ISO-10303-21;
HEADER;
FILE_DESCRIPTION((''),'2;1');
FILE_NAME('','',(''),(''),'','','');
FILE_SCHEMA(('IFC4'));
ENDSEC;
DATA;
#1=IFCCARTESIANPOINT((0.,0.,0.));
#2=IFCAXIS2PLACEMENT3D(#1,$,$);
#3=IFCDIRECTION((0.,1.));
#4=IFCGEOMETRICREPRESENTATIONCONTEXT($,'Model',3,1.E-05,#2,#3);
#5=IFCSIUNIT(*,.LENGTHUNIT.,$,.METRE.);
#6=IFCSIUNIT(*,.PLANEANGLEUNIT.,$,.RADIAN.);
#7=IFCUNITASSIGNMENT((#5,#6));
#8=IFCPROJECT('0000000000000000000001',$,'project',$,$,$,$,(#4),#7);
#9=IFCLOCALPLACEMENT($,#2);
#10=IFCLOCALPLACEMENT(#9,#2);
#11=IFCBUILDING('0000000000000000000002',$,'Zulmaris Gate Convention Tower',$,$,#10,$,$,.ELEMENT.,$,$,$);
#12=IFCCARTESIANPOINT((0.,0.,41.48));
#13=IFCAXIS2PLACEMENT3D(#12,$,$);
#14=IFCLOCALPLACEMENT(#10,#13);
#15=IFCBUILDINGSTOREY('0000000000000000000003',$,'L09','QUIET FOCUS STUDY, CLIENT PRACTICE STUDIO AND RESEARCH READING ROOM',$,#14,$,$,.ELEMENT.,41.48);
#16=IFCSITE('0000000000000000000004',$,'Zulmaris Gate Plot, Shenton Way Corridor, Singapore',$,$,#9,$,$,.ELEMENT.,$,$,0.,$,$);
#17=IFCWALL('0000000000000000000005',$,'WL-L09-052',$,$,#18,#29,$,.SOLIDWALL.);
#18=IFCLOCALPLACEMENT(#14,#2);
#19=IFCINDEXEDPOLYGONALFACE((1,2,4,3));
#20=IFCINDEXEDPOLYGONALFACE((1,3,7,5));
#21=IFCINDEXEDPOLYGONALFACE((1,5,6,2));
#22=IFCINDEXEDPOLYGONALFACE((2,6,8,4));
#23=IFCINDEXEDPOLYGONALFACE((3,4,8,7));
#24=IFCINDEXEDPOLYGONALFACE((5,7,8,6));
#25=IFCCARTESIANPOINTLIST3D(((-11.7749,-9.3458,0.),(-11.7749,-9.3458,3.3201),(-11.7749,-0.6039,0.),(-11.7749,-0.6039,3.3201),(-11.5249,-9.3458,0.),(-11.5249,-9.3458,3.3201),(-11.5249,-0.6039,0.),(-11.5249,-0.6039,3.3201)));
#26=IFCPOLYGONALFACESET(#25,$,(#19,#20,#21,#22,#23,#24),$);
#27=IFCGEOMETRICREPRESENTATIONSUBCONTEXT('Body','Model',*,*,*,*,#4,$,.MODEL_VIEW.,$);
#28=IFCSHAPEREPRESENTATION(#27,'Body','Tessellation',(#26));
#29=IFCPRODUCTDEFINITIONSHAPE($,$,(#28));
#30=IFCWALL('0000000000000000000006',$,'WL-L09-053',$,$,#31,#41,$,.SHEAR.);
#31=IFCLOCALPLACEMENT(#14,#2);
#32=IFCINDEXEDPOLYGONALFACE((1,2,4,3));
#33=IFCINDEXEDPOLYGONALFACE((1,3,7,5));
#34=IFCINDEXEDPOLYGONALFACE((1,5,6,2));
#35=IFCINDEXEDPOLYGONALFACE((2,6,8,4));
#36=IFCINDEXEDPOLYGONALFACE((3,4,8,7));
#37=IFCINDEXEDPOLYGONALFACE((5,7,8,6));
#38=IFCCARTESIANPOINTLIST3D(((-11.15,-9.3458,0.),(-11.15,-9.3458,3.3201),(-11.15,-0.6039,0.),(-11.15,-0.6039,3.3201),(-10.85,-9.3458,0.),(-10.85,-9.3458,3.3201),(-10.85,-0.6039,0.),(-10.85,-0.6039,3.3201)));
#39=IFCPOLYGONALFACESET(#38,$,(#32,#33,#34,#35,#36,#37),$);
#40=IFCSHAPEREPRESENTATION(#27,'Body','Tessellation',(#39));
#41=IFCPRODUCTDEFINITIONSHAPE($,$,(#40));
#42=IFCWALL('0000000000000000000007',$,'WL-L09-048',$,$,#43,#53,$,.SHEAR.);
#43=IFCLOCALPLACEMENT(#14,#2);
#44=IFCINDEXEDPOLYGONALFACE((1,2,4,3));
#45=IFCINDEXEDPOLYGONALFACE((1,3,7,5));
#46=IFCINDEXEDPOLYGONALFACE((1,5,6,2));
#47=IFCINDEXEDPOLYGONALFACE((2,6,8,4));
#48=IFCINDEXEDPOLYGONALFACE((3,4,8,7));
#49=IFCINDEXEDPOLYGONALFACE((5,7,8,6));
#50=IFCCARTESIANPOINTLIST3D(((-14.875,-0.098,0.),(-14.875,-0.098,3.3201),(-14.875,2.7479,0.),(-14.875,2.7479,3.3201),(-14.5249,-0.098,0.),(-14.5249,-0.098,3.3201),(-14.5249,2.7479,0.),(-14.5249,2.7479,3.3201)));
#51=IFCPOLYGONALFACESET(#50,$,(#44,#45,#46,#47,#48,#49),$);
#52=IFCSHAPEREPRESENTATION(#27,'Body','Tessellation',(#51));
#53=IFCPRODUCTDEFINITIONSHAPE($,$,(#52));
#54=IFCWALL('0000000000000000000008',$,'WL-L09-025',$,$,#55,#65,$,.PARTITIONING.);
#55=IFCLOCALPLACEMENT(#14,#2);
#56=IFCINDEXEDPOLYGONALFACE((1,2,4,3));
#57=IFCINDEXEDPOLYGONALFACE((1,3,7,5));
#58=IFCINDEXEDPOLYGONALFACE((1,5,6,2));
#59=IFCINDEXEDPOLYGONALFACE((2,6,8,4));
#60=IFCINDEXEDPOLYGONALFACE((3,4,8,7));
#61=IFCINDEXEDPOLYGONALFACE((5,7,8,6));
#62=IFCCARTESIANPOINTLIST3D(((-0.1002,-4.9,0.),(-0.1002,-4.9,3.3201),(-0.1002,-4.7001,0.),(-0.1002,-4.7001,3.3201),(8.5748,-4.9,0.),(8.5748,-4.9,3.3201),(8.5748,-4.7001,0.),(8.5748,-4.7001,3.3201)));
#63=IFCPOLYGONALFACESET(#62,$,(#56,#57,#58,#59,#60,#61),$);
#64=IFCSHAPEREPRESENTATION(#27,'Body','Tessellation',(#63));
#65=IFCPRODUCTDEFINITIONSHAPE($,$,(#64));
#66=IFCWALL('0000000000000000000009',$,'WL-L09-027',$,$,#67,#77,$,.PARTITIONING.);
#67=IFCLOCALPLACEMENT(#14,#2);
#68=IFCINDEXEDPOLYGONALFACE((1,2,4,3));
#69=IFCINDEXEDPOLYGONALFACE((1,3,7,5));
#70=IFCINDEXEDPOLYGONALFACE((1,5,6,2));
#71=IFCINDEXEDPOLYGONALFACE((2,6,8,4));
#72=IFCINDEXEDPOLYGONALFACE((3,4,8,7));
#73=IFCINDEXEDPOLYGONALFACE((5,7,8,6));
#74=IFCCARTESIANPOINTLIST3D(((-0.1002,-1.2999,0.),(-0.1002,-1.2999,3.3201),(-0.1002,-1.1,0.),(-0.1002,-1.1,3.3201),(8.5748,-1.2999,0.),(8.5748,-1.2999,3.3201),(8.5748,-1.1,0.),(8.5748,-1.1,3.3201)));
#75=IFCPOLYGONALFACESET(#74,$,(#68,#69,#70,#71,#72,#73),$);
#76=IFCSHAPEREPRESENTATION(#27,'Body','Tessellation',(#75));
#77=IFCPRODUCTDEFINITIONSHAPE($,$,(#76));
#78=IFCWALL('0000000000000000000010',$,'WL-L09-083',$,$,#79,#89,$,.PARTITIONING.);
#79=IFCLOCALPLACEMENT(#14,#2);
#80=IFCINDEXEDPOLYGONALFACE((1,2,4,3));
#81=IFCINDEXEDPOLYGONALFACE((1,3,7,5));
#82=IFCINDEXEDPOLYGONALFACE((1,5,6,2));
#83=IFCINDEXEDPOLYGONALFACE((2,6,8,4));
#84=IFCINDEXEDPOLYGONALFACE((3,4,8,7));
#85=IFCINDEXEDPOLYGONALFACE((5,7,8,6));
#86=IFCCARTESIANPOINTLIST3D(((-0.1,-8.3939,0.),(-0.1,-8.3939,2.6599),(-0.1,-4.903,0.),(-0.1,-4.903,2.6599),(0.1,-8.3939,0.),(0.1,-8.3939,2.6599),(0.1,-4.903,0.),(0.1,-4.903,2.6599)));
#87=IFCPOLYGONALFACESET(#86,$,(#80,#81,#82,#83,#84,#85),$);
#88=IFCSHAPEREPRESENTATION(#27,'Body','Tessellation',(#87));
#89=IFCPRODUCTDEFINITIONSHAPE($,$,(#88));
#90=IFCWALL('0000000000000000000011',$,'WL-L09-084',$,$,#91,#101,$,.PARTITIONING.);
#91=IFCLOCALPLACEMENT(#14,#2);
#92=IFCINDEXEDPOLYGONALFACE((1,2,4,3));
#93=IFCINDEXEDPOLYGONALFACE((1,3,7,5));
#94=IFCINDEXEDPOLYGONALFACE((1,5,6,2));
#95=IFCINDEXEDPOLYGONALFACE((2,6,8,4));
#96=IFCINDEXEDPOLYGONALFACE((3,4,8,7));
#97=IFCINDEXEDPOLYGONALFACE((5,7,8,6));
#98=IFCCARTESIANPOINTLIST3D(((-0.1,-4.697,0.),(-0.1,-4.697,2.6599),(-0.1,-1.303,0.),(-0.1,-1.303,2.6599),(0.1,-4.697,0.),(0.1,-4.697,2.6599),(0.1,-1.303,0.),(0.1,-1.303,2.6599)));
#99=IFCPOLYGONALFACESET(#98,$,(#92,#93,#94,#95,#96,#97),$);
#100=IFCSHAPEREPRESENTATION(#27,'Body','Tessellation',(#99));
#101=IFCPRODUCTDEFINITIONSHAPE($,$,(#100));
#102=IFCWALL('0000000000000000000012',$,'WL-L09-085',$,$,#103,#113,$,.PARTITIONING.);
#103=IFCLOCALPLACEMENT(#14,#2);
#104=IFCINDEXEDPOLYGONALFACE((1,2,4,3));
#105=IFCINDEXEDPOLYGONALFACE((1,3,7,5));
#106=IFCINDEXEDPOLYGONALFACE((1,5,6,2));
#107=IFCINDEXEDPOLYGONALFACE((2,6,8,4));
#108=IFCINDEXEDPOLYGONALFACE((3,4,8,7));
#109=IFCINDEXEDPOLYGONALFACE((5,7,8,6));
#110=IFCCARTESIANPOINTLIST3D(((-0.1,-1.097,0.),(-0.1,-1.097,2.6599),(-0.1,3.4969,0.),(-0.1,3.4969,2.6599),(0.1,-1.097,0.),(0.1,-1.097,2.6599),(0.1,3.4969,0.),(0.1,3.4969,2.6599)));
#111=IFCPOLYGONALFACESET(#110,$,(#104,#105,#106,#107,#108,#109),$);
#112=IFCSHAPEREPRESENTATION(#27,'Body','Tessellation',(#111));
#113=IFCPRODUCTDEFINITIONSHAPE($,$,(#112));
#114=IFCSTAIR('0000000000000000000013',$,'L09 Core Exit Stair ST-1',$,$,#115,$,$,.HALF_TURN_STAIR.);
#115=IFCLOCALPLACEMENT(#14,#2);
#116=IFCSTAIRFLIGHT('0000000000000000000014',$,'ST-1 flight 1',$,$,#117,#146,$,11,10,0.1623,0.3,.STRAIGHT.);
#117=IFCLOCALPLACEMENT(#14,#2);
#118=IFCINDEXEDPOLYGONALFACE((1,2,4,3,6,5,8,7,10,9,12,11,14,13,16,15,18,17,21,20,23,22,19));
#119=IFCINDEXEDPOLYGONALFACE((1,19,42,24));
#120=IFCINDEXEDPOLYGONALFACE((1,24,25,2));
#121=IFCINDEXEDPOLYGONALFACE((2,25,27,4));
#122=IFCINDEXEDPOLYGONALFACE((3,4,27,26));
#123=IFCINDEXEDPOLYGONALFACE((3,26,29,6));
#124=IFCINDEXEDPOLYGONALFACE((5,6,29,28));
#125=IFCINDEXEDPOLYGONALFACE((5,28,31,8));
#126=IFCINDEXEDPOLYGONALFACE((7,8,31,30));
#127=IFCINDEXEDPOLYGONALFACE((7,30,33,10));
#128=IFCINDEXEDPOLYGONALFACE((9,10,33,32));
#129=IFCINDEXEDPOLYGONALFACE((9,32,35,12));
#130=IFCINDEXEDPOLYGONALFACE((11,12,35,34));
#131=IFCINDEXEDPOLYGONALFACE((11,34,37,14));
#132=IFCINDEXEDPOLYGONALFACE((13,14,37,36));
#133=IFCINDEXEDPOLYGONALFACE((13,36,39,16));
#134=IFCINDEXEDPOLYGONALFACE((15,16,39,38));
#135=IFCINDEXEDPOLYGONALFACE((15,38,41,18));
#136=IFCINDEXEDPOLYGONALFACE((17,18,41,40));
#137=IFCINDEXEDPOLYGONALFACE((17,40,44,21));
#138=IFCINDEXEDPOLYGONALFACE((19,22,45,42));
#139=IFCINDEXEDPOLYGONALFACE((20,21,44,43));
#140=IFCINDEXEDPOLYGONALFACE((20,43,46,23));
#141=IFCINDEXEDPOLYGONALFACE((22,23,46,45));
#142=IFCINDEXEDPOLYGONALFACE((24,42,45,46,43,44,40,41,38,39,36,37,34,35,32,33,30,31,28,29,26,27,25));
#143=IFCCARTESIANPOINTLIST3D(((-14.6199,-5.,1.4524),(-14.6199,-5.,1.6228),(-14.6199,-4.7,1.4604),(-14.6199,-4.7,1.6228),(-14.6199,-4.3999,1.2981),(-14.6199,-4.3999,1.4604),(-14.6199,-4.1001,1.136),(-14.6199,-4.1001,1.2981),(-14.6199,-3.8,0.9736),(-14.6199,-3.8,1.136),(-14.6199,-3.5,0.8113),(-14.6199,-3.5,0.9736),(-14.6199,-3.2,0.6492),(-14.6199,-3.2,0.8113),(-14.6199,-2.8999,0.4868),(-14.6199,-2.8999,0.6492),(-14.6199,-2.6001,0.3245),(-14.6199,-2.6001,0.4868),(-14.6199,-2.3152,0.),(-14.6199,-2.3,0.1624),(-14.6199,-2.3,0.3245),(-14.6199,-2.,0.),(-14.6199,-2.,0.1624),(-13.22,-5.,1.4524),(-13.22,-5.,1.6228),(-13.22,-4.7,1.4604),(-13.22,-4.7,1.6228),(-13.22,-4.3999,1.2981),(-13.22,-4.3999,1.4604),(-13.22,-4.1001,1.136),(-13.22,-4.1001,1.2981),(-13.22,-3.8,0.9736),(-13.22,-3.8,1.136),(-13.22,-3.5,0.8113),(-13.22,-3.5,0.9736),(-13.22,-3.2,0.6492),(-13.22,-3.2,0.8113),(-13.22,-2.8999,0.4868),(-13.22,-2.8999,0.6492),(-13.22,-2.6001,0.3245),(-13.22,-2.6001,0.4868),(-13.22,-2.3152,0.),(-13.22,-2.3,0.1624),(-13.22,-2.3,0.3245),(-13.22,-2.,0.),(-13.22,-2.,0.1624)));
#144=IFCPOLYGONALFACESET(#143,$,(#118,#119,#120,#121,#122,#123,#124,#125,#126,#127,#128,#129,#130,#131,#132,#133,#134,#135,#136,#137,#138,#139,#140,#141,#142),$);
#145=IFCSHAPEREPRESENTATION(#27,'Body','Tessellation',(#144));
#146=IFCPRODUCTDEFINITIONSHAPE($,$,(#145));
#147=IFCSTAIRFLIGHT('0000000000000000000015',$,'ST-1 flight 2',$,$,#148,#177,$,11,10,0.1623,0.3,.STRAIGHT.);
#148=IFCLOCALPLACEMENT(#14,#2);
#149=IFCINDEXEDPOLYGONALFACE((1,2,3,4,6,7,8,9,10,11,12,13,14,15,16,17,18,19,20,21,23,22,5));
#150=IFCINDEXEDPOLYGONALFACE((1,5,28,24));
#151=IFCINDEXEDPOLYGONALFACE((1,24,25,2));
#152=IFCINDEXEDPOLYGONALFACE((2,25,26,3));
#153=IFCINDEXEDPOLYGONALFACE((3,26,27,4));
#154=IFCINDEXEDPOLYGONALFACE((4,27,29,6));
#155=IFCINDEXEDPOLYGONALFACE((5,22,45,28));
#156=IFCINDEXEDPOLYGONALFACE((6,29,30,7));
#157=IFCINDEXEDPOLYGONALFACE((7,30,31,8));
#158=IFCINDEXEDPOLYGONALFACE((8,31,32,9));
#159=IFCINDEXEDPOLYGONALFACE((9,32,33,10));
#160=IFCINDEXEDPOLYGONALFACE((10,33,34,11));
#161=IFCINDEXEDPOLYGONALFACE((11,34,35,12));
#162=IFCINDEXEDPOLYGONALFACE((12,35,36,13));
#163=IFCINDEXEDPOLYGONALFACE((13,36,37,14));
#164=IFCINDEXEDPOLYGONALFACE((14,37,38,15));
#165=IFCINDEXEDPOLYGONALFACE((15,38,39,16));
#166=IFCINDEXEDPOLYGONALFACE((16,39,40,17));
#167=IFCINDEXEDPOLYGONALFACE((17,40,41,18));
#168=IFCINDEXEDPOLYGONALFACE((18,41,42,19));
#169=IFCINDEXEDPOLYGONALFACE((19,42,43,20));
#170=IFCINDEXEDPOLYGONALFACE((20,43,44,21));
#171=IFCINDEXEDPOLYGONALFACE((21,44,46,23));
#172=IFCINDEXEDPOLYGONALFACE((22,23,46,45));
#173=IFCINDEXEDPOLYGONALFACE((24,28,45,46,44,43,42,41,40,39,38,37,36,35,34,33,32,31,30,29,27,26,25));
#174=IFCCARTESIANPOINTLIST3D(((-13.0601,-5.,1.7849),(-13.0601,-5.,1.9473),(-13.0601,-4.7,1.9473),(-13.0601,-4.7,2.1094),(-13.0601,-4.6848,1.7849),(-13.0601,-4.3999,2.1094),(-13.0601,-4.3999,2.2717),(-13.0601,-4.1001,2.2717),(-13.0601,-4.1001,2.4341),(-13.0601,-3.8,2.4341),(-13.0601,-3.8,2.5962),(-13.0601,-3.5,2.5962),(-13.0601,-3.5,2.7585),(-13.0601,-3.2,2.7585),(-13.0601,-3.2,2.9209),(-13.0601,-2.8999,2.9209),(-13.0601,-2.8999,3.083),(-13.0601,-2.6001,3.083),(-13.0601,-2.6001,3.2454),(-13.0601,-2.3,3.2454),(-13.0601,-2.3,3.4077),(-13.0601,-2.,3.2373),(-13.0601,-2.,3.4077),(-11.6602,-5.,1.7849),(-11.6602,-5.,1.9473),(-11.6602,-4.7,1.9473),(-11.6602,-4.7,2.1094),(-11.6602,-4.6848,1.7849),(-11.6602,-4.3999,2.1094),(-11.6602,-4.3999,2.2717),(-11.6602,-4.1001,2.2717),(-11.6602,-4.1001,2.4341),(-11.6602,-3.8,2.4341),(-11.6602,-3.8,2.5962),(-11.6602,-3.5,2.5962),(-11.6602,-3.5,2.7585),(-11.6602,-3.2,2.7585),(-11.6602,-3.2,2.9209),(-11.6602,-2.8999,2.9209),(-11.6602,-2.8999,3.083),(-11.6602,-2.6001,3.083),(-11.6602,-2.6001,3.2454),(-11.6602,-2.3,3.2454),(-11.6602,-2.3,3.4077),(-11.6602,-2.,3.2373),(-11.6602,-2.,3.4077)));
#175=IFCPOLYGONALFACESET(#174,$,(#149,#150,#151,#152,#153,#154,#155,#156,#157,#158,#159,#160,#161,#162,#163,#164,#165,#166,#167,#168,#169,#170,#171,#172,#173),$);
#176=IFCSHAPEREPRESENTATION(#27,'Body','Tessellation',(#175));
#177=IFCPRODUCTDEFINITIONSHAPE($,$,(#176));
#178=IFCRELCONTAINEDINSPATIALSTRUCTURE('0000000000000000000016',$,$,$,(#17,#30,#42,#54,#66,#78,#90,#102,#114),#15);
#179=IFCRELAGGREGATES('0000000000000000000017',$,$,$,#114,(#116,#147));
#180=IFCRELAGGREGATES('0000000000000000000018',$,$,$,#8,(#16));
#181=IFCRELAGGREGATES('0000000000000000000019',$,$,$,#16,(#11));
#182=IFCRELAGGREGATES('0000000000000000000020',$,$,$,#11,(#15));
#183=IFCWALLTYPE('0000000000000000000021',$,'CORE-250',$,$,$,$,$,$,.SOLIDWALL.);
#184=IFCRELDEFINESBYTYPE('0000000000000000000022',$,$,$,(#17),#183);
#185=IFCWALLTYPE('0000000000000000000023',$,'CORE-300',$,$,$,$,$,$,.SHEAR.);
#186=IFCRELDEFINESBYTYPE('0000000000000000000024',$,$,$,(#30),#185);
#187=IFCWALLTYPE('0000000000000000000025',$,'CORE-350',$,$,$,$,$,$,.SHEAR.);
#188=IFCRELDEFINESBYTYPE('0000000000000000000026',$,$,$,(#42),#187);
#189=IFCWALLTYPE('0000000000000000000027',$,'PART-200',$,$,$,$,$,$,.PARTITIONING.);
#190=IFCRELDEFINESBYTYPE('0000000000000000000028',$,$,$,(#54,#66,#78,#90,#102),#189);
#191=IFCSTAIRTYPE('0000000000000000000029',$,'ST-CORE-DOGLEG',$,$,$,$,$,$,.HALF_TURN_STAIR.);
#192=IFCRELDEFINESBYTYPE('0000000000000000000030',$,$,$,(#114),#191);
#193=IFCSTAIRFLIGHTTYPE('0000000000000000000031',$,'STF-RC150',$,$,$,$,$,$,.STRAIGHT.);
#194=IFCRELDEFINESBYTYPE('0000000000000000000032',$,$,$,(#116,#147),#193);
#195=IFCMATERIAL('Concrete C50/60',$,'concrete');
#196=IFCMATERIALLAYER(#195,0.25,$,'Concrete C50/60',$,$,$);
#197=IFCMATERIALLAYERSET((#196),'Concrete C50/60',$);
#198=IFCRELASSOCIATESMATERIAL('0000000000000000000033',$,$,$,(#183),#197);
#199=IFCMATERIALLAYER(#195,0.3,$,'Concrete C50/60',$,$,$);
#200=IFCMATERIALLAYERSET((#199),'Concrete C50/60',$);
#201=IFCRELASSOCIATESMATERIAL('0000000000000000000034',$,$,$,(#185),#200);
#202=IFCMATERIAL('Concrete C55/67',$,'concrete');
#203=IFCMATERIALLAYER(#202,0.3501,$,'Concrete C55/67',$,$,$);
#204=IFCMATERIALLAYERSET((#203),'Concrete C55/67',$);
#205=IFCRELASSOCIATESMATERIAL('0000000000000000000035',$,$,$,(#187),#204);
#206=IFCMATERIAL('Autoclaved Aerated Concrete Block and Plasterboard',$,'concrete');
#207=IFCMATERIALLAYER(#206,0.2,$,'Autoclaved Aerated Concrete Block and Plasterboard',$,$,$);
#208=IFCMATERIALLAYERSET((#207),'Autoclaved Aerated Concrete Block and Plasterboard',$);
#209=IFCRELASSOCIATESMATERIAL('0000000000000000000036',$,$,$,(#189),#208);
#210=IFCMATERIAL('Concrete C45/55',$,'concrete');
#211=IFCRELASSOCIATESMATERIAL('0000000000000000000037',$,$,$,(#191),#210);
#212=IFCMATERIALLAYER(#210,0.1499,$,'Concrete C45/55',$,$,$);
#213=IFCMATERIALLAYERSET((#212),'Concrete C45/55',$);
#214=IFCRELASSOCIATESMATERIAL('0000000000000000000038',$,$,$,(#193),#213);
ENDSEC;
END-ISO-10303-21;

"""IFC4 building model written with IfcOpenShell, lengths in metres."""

from ifc_helpers import new_model, si_unit, direction, frame, frame_2d, origin, place, context, subcontext, project, spatial, polyline, rectangle, outline, extrude, material, layer, layer_set, type_object, element, aggregate, save


model = new_model("IFC4")

# Units and contexts
model_context = context("Model", 3, precision=1e-05, world=origin(), true_north=direction((0.0, 1.0)))
body_context = subcontext(model_context, "Body", "Model", "MODEL_VIEW")
ifc_project = project(units=[si_unit("LENGTHUNIT", "METRE"), si_unit("PLANEANGLEUNIT", "RADIAN")], contexts=[model_context])

# Site, building, storey
site_placement = place(None, origin())
site = spatial("IfcSite", under=ifc_project, at=site_placement, Name="Zulmaris Gate Plot, Shenton Way Corridor, Singapore", CompositionType="ELEMENT", RefElevation=0.0)
building_placement = place(site_placement, origin())
building = spatial("IfcBuilding", under=site, at=building_placement, Name="Zulmaris Gate Convention Tower", CompositionType="ELEMENT")
storey_placement = place(building_placement, frame((0.0, 0.0, 41.48)))
storey = spatial("IfcBuildingStorey", under=building, at=storey_placement, Name="L09", Description="QUIET FOCUS STUDY, CLIENT PRACTICE STUDIO AND RESEARCH READING ROOM", CompositionType="ELEMENT", Elevation=41.48)

# Shared definitions
ifc_material_1 = material(Name="Concrete C50/60", Category="concrete")
ifc_layer_1 = layer(ifc_material_1, 0.25, Name="Concrete C50/60")
ifc_layer_set_1 = layer_set([ifc_layer_1], Name="Concrete C50/60")
wall_type_1 = type_object("IfcWallType", Name="CORE-250", PredefinedType="SOLIDWALL", material=ifc_layer_set_1)

# Walls
wall_1_placement = place(storey_placement, frame((-11.6499, -9.3459, 0.0), z_axis=(0.0, 0.0, 1.0), x_axis=(0.0, 1.0, 0.0)))
element("IfcWall", 1, at=wall_1_placement, inside=storey, type_object=wall_type_1, Name="WL-L09-052", PredefinedType="SOLIDWALL", context=body_context, shape_type="SweptSolid", body=[
    extrude(rectangle(XDim=8.7419, YDim=0.25, at=frame_2d((4.3711, 0.0))), origin(), (0.0, 0.0, 1.0), 3.3201),
])
ifc_layer_2 = layer(ifc_material_1, 0.3, Name="Concrete C50/60")
ifc_layer_set_2 = layer_set([ifc_layer_2], Name="Concrete C50/60")
wall_type_2 = type_object("IfcWallType", Name="CORE-300", PredefinedType="SHEAR", material=ifc_layer_set_2)
wall_2_placement = place(storey_placement, frame((-11.0, -9.3459, 0.0), z_axis=(0.0, 0.0, 1.0), x_axis=(0.0, 1.0, 0.0)))
element("IfcWall", 2, at=wall_2_placement, inside=storey, type_object=wall_type_2, Name="WL-L09-053", PredefinedType="SHEAR", context=body_context, shape_type="SweptSolid", body=[
    extrude(rectangle(XDim=8.7419, YDim=0.3, at=frame_2d((4.3711, 0.0))), origin(), (0.0, 0.0, 1.0), 3.3201),
])
ifc_material_2 = material(Name="Concrete C55/67", Category="concrete")
ifc_layer_3 = layer(ifc_material_2, 0.3501, Name="Concrete C55/67")
ifc_layer_set_3 = layer_set([ifc_layer_3], Name="Concrete C55/67")
wall_type_3 = type_object("IfcWallType", Name="CORE-350", PredefinedType="SHEAR", material=ifc_layer_set_3)
wall_3_placement = place(storey_placement, frame((-14.7, -0.0979, 0.0), z_axis=(0.0, 0.0, 1.0), x_axis=(0.0, 1.0, 0.0)))
element("IfcWall", 3, at=wall_3_placement, inside=storey, type_object=wall_type_3, Name="WL-L09-048", PredefinedType="SHEAR", context=body_context, shape_type="SweptSolid", body=[
    extrude(rectangle(XDim=2.8459, YDim=0.3501, at=frame_2d((1.4229, 0.0))), origin(), (0.0, 0.0, 1.0), 3.3201),
])
ifc_material_3 = material(Name="Autoclaved Aerated Concrete Block and Plasterboard", Category="concrete")
ifc_layer_4 = layer(ifc_material_3, 0.2, Name="Autoclaved Aerated Concrete Block and Plasterboard")
ifc_layer_set_4 = layer_set([ifc_layer_4], Name="Autoclaved Aerated Concrete Block and Plasterboard")
wall_type_4 = type_object("IfcWallType", Name="PART-200", PredefinedType="PARTITIONING", material=ifc_layer_set_4)
for number, where, z_axis, x_axis, name in (
    (4, (-0.1001, -4.8, 0.0), (0.0, 0.0, 1.0), (1.0, 0.0, 0.0), "WL-L09-025"),
    (5, (-0.1001, -1.2, 0.0), (0.0, 0.0, 1.0), (1.0, 0.0, 0.0), "WL-L09-027"),
):
    element("IfcWall", number, at=place(storey_placement, frame(where, z_axis=z_axis, x_axis=x_axis)), inside=storey, type_object=wall_type_4, Name=name, PredefinedType="PARTITIONING", context=body_context, shape_type="SweptSolid", body=[
        extrude(rectangle(XDim=8.675, YDim=0.2, at=frame_2d((4.3374, 0.0))), origin(), (0.0, 0.0, 1.0), 3.3201),
    ])
wall_4_placement = place(storey_placement, frame((0.0, -8.394, 0.0), z_axis=(0.0, 0.0, 1.0), x_axis=(0.0, 1.0, 0.0)))
element("IfcWall", 6, at=wall_4_placement, inside=storey, type_object=wall_type_4, Name="WL-L09-083", PredefinedType="PARTITIONING", context=body_context, shape_type="SweptSolid", body=[
    extrude(rectangle(XDim=3.491, YDim=0.2, at=frame_2d((1.7456, 0.0))), origin(), (0.0, 0.0, 1.0), 2.6599),
])
wall_5_placement = place(storey_placement, frame((0.0, -4.697, 0.0), z_axis=(0.0, 0.0, 1.0), x_axis=(0.0, 1.0, 0.0)))
element("IfcWall", 7, at=wall_5_placement, inside=storey, type_object=wall_type_4, Name="WL-L09-084", PredefinedType="PARTITIONING", context=body_context, shape_type="SweptSolid", body=[
    extrude(rectangle(XDim=3.394, YDim=0.2, at=frame_2d((1.697, 0.0))), origin(), (0.0, 0.0, 1.0), 2.6599),
])
wall_6_placement = place(storey_placement, frame((0.0, -1.0969, 0.0), z_axis=(0.0, 0.0, 1.0), x_axis=(0.0, 1.0, 0.0)))
element("IfcWall", 8, at=wall_6_placement, inside=storey, type_object=wall_type_4, Name="WL-L09-085", PredefinedType="PARTITIONING", context=body_context, shape_type="SweptSolid", body=[
    extrude(rectangle(XDim=4.594, YDim=0.2, at=frame_2d((2.2969, 0.0))), origin(), (0.0, 0.0, 1.0), 2.6599),
])

# Stair, stair flights
ifc_material_4 = material(Name="Concrete C45/55", Category="concrete")
stair_type = type_object("IfcStairType", Name="ST-CORE-DOGLEG", PredefinedType="HALF_TURN_STAIR", material=ifc_material_4)
stair_1_placement = place(storey_placement, origin())
stair_1 = element("IfcStair", 9, at=stair_1_placement, inside=storey, type_object=stair_type, Name="L09 Core Exit Stair ST-1", PredefinedType="HALF_TURN_STAIR")
ifc_layer_5 = layer(ifc_material_4, 0.1499, Name="Concrete C45/55")
ifc_layer_set_5 = layer_set([ifc_layer_5], Name="Concrete C45/55")
stair_flight_type = type_object("IfcStairFlightType", Name="STF-RC150", PredefinedType="STRAIGHT", material=ifc_layer_set_5)
stair_flight_1_placement = place(storey_placement, frame((-13.9199, -2.0, 0.0), z_axis=(0.0, 0.0, 1.0), x_axis=(0.0, -1.0, 0.0)))
stair_flight_1 = element("IfcStairFlight", 10, at=stair_flight_1_placement, type_object=stair_flight_type, Name="ST-1 flight 1", NumberOfRisers=11, NumberOfTreads=10, PredefinedType="STRAIGHT", RiserHeight=0.1623, TreadLength=0.3, context=body_context, shape_type="SweptSolid", body=[
    extrude(outline(polyline([(0.0, 0.0), (0.0, 0.1624), (0.3, 0.1624), (0.3, 0.3245), (0.6001, 0.3245), (0.6001, 0.4868), (0.8999, 0.4868), (0.8999, 0.6492), (1.2, 0.6492), (1.2, 0.8113), (1.5, 0.8113), (1.5, 0.9736), (1.8, 0.9736), (1.8, 1.136), (2.1001, 1.136), (2.1001, 1.2981), (2.3999, 1.2981), (2.3999, 1.4604), (2.7, 1.4604), (2.7, 1.6228), (3.0, 1.6228), (3.0, 1.7849), (3.0, 1.4524), (0.3152, 0.0), (0.0, 0.0)])), frame((0.0, 0.7, 0.0), z_axis=(0.0, -1.0, 0.0), x_axis=(1.0, 0.0, 0.0)), (0.0, 0.0, 1.0), 1.3999),
])
stair_flight_2_placement = place(storey_placement, frame((-12.3601, -5.0, 1.7849), z_axis=(0.0, 0.0, 1.0), x_axis=(0.0, 1.0, 0.0)))
stair_flight_2 = element("IfcStairFlight", 11, at=stair_flight_2_placement, type_object=stair_flight_type, Name="ST-1 flight 2", NumberOfRisers=11, NumberOfTreads=10, PredefinedType="STRAIGHT", RiserHeight=0.1623, TreadLength=0.3, context=body_context, shape_type="SweptSolid", body=[
    extrude(outline(polyline([(0.0, 0.0), (0.0, 0.1624), (0.3, 0.1624), (0.3, 0.3245), (0.6001, 0.3245), (0.6001, 0.4868), (0.8999, 0.4868), (0.8999, 0.6492), (1.2, 0.6492), (1.2, 0.8113), (1.5, 0.8113), (1.5, 0.9736), (1.8, 0.9736), (1.8, 1.136), (2.1001, 1.136), (2.1001, 1.2981), (2.3999, 1.2981), (2.3999, 1.4604), (2.7, 1.4604), (2.7, 1.6228), (3.0, 1.6228), (3.0, 1.7849), (3.0, 1.4524), (0.3152, 0.0), (0.0, 0.0)])), frame((0.0, 0.7, 0.0), z_axis=(0.0, -1.0, 0.0), x_axis=(1.0, 0.0, 0.0)), (0.0, 0.0, 1.0), 1.3999),
])
aggregate(stair_1, [stair_flight_1, stair_flight_2])

save(model, "model.ifc")
